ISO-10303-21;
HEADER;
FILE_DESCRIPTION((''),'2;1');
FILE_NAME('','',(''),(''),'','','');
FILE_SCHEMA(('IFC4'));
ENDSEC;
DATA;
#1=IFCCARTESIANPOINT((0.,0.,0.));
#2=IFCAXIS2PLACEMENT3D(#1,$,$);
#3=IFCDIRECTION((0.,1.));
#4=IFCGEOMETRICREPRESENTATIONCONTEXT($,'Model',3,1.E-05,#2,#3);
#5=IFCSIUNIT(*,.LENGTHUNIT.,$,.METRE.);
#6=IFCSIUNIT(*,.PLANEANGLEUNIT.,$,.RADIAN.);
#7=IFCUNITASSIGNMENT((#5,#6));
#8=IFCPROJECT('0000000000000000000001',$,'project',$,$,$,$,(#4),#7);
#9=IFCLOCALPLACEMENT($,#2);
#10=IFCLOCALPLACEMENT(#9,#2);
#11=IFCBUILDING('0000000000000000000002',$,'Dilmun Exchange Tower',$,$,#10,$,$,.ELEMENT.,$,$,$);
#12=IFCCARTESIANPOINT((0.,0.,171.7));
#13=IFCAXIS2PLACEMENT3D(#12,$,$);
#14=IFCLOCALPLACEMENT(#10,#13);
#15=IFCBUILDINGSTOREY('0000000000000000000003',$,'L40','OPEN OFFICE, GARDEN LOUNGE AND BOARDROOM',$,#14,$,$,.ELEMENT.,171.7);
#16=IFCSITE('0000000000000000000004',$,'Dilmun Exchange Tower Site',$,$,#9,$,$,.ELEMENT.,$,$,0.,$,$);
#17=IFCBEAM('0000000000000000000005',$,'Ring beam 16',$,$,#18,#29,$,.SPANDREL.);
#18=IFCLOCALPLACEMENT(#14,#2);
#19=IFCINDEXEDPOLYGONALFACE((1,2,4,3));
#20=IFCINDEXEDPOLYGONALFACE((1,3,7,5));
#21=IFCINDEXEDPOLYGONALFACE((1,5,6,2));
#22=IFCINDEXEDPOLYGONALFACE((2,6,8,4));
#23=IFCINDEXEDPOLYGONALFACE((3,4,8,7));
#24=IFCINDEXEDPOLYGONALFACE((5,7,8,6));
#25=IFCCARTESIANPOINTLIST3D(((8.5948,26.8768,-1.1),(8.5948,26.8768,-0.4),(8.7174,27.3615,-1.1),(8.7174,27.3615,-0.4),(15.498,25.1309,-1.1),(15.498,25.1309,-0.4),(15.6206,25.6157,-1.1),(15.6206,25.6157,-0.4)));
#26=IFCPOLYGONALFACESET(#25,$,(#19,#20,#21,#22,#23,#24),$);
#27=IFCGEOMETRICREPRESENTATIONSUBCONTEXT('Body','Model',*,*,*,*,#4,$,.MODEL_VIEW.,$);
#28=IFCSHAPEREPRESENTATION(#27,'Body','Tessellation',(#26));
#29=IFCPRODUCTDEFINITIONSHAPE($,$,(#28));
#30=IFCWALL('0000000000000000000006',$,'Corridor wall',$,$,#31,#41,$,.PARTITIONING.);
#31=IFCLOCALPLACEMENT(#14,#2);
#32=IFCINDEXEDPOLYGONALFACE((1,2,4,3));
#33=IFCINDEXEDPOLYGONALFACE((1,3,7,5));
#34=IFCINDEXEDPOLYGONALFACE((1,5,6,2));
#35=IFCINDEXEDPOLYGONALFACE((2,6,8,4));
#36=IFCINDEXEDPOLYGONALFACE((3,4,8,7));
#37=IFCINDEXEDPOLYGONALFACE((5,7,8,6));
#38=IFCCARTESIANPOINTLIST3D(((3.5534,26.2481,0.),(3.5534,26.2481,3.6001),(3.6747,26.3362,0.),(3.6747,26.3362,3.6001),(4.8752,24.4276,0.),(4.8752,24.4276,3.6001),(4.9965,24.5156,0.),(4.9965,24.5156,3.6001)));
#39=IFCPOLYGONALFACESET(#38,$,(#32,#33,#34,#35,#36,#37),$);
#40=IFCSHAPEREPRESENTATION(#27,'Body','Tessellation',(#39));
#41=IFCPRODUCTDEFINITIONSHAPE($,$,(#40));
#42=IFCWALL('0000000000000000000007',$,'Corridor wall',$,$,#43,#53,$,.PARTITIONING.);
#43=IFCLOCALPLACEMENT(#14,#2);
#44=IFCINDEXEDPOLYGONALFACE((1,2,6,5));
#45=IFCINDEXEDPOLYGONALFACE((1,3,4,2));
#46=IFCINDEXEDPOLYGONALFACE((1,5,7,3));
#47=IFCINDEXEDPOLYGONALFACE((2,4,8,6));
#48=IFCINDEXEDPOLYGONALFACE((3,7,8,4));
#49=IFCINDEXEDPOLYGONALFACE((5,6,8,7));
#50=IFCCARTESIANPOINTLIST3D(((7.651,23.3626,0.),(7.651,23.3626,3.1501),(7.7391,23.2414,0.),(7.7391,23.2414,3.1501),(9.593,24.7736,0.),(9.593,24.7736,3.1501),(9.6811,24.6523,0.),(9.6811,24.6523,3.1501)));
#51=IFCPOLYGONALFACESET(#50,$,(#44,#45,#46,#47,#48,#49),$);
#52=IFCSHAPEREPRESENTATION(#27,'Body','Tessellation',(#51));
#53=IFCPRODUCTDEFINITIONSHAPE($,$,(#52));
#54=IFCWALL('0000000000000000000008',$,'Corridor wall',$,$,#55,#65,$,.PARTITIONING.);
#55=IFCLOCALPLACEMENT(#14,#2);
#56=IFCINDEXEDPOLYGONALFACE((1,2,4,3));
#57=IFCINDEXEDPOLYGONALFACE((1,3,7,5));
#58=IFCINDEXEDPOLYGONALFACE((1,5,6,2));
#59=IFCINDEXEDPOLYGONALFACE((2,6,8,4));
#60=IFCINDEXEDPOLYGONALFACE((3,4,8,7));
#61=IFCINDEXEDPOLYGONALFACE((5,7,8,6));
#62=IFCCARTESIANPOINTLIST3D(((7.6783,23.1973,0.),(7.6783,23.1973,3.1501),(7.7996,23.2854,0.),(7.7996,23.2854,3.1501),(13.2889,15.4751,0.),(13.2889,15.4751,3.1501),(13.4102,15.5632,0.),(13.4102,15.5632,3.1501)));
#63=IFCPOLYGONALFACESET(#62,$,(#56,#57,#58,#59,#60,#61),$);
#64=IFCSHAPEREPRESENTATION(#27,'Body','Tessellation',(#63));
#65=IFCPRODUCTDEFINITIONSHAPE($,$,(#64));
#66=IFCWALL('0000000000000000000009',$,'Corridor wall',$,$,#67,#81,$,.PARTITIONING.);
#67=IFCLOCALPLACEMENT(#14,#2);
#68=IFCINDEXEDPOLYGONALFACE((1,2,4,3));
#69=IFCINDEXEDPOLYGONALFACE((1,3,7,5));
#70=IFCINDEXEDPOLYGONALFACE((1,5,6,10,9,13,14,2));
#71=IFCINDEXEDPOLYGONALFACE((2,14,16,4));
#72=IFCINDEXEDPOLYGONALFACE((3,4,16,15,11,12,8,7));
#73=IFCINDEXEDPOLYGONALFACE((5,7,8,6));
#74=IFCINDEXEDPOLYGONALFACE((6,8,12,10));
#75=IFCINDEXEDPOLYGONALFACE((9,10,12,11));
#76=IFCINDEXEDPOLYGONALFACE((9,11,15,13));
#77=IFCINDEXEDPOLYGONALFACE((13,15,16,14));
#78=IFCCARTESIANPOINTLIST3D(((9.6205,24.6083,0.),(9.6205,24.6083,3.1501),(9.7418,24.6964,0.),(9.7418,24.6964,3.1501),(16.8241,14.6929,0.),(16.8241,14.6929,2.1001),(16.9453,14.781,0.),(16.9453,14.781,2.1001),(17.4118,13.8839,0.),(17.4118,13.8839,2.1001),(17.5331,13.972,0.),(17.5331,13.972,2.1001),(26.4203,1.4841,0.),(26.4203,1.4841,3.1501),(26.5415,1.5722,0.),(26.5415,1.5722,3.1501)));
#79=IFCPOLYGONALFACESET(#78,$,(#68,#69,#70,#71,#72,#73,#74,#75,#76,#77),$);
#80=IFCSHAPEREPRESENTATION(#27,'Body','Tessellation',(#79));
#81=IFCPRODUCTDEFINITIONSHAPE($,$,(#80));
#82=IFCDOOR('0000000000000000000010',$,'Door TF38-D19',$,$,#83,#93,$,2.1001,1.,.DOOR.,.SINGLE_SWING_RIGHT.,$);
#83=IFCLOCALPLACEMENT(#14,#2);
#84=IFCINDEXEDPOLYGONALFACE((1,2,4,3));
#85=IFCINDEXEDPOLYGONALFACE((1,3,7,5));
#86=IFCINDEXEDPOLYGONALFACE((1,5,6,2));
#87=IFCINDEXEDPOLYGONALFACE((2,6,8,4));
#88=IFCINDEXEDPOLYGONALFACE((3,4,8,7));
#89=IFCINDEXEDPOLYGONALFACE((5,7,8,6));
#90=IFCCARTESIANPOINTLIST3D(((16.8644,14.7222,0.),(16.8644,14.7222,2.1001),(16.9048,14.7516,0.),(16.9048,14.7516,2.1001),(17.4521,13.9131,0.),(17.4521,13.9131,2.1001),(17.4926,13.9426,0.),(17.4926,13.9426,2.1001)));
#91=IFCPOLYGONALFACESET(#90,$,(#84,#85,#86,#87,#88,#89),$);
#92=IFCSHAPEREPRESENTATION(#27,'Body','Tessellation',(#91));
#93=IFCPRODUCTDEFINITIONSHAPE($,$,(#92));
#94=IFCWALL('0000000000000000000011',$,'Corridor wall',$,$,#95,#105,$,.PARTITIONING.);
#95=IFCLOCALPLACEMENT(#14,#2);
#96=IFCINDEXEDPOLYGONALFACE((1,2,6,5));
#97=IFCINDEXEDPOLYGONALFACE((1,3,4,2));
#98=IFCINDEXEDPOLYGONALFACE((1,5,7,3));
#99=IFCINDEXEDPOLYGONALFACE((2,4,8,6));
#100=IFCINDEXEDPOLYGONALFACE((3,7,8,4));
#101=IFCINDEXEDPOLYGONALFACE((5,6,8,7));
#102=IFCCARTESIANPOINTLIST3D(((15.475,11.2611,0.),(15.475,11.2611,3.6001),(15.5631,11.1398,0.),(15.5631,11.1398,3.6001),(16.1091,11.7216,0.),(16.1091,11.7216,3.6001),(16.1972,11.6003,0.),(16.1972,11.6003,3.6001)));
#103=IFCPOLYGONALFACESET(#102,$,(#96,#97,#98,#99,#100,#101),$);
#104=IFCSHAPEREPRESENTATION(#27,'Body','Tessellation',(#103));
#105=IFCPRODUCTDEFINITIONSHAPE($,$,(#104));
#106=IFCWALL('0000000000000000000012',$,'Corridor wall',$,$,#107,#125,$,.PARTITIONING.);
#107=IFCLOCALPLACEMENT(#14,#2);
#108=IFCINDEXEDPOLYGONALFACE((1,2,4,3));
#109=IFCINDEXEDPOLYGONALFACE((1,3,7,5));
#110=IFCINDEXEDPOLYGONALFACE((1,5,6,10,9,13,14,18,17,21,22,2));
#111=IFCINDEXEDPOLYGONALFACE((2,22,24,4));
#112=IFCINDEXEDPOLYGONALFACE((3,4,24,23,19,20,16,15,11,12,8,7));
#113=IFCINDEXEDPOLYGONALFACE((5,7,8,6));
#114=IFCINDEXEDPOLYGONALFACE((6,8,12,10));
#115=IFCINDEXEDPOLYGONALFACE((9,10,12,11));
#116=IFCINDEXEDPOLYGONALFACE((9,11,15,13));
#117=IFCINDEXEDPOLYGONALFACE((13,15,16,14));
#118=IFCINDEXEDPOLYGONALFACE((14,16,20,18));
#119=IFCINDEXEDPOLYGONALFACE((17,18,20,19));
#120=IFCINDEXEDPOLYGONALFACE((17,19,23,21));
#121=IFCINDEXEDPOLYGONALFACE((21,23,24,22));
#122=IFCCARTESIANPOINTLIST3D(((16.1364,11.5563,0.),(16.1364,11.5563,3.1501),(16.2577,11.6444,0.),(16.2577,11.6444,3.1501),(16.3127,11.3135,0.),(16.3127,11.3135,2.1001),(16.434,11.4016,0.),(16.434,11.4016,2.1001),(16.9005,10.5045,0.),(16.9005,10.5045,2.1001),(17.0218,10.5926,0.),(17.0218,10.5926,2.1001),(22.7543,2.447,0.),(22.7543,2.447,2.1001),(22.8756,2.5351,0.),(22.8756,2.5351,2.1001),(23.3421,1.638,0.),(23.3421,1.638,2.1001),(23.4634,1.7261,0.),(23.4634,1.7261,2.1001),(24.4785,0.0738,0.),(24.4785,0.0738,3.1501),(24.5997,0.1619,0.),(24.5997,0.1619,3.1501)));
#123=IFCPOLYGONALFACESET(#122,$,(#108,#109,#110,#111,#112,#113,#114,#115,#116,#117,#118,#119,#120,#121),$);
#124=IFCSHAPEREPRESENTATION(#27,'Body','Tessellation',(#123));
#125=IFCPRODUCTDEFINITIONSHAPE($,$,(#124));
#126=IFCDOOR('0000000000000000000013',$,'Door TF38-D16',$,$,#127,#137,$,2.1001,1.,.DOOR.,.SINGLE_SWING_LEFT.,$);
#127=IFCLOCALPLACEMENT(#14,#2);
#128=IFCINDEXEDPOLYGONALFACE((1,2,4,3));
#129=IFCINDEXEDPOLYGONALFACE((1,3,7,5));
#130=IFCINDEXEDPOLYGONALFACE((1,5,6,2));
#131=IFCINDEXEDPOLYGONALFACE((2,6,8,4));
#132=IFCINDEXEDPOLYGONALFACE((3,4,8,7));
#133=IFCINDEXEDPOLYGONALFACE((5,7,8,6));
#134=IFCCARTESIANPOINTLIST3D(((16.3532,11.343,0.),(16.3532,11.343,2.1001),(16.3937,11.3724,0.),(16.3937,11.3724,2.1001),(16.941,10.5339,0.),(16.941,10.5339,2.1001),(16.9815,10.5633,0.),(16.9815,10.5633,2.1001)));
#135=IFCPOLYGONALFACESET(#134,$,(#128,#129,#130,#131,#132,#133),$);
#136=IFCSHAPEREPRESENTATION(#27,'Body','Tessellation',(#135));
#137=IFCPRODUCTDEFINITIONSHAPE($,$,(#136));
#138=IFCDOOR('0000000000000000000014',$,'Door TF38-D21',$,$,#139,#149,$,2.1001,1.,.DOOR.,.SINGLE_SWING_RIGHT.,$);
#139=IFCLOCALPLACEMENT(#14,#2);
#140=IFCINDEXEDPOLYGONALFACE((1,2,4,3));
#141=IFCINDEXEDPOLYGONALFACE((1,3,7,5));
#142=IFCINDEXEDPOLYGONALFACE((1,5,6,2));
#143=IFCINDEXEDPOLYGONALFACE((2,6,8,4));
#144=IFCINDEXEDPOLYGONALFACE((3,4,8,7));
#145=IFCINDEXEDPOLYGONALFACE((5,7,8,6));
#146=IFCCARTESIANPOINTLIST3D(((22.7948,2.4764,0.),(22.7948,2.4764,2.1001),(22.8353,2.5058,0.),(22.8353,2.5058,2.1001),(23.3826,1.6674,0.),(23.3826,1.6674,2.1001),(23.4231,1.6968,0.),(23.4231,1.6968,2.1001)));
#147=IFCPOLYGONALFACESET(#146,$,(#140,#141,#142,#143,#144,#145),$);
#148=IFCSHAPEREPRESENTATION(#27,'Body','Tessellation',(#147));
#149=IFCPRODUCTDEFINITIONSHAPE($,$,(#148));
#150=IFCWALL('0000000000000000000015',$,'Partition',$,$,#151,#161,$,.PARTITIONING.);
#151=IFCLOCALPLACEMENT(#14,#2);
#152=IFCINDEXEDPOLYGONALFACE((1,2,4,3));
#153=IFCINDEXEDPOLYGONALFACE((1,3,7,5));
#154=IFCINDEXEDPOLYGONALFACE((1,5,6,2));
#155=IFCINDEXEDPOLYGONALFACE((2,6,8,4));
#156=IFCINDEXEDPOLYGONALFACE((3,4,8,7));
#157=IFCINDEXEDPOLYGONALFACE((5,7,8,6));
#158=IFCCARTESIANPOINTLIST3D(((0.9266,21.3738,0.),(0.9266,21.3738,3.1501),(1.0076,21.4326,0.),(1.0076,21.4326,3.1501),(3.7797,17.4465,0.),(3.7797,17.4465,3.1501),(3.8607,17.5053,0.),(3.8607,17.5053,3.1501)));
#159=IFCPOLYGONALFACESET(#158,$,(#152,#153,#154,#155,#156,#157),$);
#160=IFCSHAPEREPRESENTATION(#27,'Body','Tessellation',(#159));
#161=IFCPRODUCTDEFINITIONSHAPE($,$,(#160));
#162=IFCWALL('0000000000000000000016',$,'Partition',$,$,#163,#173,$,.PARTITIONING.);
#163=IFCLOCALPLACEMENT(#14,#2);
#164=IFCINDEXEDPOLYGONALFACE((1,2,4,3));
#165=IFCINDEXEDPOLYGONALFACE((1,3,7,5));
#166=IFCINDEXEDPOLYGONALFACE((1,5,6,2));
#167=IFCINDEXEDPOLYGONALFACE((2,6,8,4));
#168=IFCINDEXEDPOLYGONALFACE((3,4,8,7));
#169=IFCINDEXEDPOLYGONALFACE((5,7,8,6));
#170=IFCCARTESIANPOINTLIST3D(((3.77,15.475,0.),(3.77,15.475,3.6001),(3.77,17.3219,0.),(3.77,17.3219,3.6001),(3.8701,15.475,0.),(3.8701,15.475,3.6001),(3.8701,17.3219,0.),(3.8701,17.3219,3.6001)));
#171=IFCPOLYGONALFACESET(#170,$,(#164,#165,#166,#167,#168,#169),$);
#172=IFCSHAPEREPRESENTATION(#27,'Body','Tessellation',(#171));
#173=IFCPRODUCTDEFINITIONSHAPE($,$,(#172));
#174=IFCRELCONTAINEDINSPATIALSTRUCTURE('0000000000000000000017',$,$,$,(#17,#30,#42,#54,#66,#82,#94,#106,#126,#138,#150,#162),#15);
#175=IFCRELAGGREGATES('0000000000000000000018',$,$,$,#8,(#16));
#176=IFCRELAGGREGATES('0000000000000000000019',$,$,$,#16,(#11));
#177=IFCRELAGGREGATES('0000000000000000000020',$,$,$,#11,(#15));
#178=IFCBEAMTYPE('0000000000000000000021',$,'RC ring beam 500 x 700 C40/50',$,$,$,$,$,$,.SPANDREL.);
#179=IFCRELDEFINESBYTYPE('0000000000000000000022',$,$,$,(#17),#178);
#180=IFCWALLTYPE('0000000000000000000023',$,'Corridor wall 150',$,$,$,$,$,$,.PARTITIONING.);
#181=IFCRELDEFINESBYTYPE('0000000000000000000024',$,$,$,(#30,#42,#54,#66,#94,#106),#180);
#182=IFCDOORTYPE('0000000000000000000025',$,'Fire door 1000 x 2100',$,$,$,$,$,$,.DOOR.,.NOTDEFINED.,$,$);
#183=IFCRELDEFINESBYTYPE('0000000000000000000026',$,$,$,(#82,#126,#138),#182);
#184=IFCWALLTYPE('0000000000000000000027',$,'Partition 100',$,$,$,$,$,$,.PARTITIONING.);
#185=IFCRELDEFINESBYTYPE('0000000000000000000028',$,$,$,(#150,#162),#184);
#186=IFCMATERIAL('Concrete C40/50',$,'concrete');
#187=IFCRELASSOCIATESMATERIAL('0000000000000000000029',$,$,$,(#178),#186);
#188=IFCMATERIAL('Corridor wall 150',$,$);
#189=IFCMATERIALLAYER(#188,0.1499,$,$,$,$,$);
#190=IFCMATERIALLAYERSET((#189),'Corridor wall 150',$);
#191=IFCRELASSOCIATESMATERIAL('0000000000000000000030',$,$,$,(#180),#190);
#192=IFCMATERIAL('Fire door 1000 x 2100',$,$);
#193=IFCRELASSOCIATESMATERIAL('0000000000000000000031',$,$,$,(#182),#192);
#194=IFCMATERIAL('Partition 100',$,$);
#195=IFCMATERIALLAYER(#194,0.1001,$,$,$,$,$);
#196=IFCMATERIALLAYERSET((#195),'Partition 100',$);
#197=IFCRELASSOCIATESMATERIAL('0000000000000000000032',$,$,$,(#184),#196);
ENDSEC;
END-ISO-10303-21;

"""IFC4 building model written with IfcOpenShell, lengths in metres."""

from ifc_helpers import new_model, si_unit, direction, frame, frame_2d, origin, origin_2d, place, context, subcontext, project, spatial, rectangle, extrude, material, layer, layer_set, material_profile, profile_set, type_object, element, fill, save


model = new_model("IFC4")

# Units and contexts
model_context = context("Model", 3, precision=1e-05, world=origin(), true_north=direction((0.0, 1.0)))
body_context = subcontext(model_context, "Body", "Model", "MODEL_VIEW")
ifc_project = project(units=[si_unit("LENGTHUNIT", "METRE"), si_unit("PLANEANGLEUNIT", "RADIAN")], contexts=[model_context])

# Site, building, storey
site_placement = place(None, origin())
site = spatial("IfcSite", under=ifc_project, at=site_placement, Name="Dilmun Exchange Tower Site", CompositionType="ELEMENT", RefElevation=0.0)
building_placement = place(site_placement, origin())
building = spatial("IfcBuilding", under=site, at=building_placement, Name="Dilmun Exchange Tower", CompositionType="ELEMENT")
storey_placement = place(building_placement, frame((0.0, 0.0, 171.7)))
storey = spatial("IfcBuildingStorey", under=building, at=storey_placement, Name="L40", Description="OPEN OFFICE, GARDEN LOUNGE AND BOARDROOM", CompositionType="ELEMENT", Elevation=171.7)

# Beam
ifc_material_1 = material(Name="Concrete C40/50", Category="concrete")
ifc_material_profile_1 = material_profile(ifc_material_1, rectangle(XDim=0.5, YDim=0.7, at=origin_2d()), Name="500 x 700")
ifc_profile_set_1 = profile_set([ifc_material_profile_1], Name="Concrete C40/50")
beam_type_1 = type_object("IfcBeamType", Name="RC ring beam 500 x 700 C40/50", PredefinedType="SPANDREL", material=ifc_profile_set_1)
beam_1_placement = place(storey_placement, frame((15.5593, 25.3733, -0.75), z_axis=(-0.969477, 0.245181, 0.0), x_axis=(-0.245181, -0.969477, 0.0)))
element("IfcBeam", 1, at=beam_1_placement, inside=storey, type_object=beam_type_1, Name="Ring beam 16", PredefinedType="SPANDREL", context=body_context, shape_type="SweptSolid", body=[
    extrude(rectangle(XDim=0.5, YDim=0.7, at=origin_2d()), origin(), (0.0, 0.0, 1.0), 7.1206),
])

# Walls
ifc_material_2 = material(Name="Corridor wall 150")
ifc_layer_1 = layer(ifc_material_2, 0.1499)
ifc_layer_set_1 = layer_set([ifc_layer_1], Name="Corridor wall 150")
wall_type_1 = type_object("IfcWallType", Name="Corridor wall 150", PredefinedType="PARTITIONING", material=ifc_layer_set_1)
wall_1_placement = place(storey_placement, frame((3.614, 26.2922, 0.0), z_axis=(0.0, 0.0, 1.0), x_axis=(0.587513, -0.809214, 0.0)))
element("IfcWall", 2, at=wall_1_placement, inside=storey, type_object=wall_type_1, Name="Corridor wall", PredefinedType="PARTITIONING", context=body_context, shape_type="SweptSolid", body=[
    extrude(rectangle(XDim=2.2498, YDim=0.1499, at=frame_2d((1.125, 0.0))), origin(), (0.0, 0.0, 1.0), 3.6001),
])
wall_2_placement = place(storey_placement, frame((7.6951, 23.302, 0.0), z_axis=(0.0, 0.0, 1.0), x_axis=(0.809013, 0.587791, 0.0)))
element("IfcWall", 3, at=wall_2_placement, inside=storey, type_object=wall_type_1, Name="Corridor wall", PredefinedType="PARTITIONING", context=body_context, shape_type="SweptSolid", body=[
    extrude(rectangle(XDim=2.4004, YDim=0.1499, at=frame_2d((1.2002, 0.0))), origin(), (0.0, 0.0, 1.0), 3.1501),
])
wall_3_placement = place(storey_placement, frame((7.739, 23.2412, 0.0), z_axis=(0.0, 0.0, 1.0), x_axis=(0.587793, -0.809011, 0.0)))
element("IfcWall", 4, at=wall_3_placement, inside=storey, type_object=wall_type_1, Name="Corridor wall", PredefinedType="PARTITIONING", context=body_context, shape_type="SweptSolid", body=[
    extrude(rectangle(XDim=9.5452, YDim=0.1499, at=frame_2d((4.7725, 0.0))), origin(), (0.0, 0.0, 1.0), 3.1501),
])

# Wall, opening, door
wall_4_placement = place(storey_placement, frame((9.6812, 24.6523, 0.0), z_axis=(0.0, 0.0, 1.0), x_axis=(0.587763, -0.809033, 0.0)))
wall_4 = element("IfcWall", 5, at=wall_4_placement, inside=storey, type_object=wall_type_1, Name="Corridor wall", PredefinedType="PARTITIONING", context=body_context, shape_type="SweptSolid", body=[
    extrude(rectangle(XDim=28.5825, YDim=0.1499, at=frame_2d((14.2913, 0.0))), origin(), (0.0, 0.0, 1.0), 3.1501),
])
opening_1_placement = place(wall_4_placement, frame((12.2559, 0.0, 0.0)))
opening_1 = element("IfcOpeningElement", 6, at=opening_1_placement, cuts=wall_4, PredefinedType="OPENING", context=body_context, shape_type="SweptSolid", body=[
    extrude(rectangle(XDim=1.0, YDim=2.1001, at=frame_2d((0.5, 1.05))), frame((0.0, 0.085, 0.0), z_axis=(0.0, -1.0, 0.0), x_axis=(1.0, 0.0, 0.0)), (0.0, 0.0, 1.0), 0.1699),
])
ifc_material_3 = material(Name="Fire door 1000 x 2100")
door_type = type_object("IfcDoorType", Name="Fire door 1000 x 2100", OperationType="NOTDEFINED", PredefinedType="DOOR", material=ifc_material_3)
door_1_placement = place(opening_1_placement, origin())
door_1 = element("IfcDoor", 7, at=door_1_placement, inside=storey, type_object=door_type, Name="Door TF38-D19", OperationType="SINGLE_SWING_RIGHT", OverallHeight=2.1001, OverallWidth=1.0, PredefinedType="DOOR", context=body_context, shape_type="SweptSolid", body=[
    extrude(rectangle(XDim=1.0, YDim=2.1001, at=frame_2d((0.5, 1.05))), frame((0.0, 0.0249, 0.0), z_axis=(0.0, -1.0, 0.0), x_axis=(1.0, 0.0, 0.0)), (0.0, 0.0, 1.0), 0.05),
])
fill(opening_1, door_1)

# Wall
wall_5_placement = place(storey_placement, frame((15.519, 11.2004, 0.0), z_axis=(0.0, 0.0, 1.0), x_axis=(0.80914, 0.587616, 0.0)))
element("IfcWall", 8, at=wall_5_placement, inside=storey, type_object=wall_type_1, Name="Corridor wall", PredefinedType="PARTITIONING", context=body_context, shape_type="SweptSolid", body=[
    extrude(rectangle(XDim=0.7837, YDim=0.1499, at=frame_2d((0.3918, 0.0))), origin(), (0.0, 0.0, 1.0), 3.6001),
])

# Wall, openings, doors
wall_6_placement = place(storey_placement, frame((16.197, 11.6003, 0.0), z_axis=(0.0, 0.0, 1.0), x_axis=(0.587766, -0.809031, 0.0)))
wall_6 = element("IfcWall", 9, at=wall_6_placement, inside=storey, type_object=wall_type_1, Name="Corridor wall", PredefinedType="PARTITIONING", context=body_context, shape_type="SweptSolid", body=[
    extrude(rectangle(XDim=14.1929, YDim=0.1499, at=frame_2d((7.0964, 0.0))), origin(), (0.0, 0.0, 1.0), 3.1501),
])
opening_2_placement = place(wall_6_placement, frame((0.3, 0.0, 0.0)))
opening_2 = element("IfcOpeningElement", 10, at=opening_2_placement, cuts=wall_6, PredefinedType="OPENING", context=body_context, shape_type="SweptSolid", body=[
    extrude(rectangle(XDim=1.0, YDim=2.1001, at=frame_2d((0.5, 1.05))), frame((0.0, 0.085, 0.0), z_axis=(0.0, -1.0, 0.0), x_axis=(1.0, 0.0, 0.0)), (0.0, 0.0, 1.0), 0.1699),
])
opening_3_placement = place(wall_6_placement, frame((11.2595, 0.0, 0.0)))
opening_3 = element("IfcOpeningElement", 11, at=opening_3_placement, cuts=wall_6, PredefinedType="OPENING", context=body_context, shape_type="SweptSolid", body=[
    extrude(rectangle(XDim=1.0, YDim=2.1001, at=frame_2d((0.5, 1.05))), frame((0.0, 0.085, 0.0), z_axis=(0.0, -1.0, 0.0), x_axis=(1.0, 0.0, 0.0)), (0.0, 0.0, 1.0), 0.1699),
])
door_2_placement = place(opening_2_placement, frame((1.0, 0.0, 0.0), z_axis=(0.0, 0.0, 1.0), x_axis=(-1.0, 0.0, 0.0)))
door_2 = element("IfcDoor", 12, at=door_2_placement, inside=storey, type_object=door_type, Name="Door TF38-D16", OperationType="SINGLE_SWING_LEFT", OverallHeight=2.1001, OverallWidth=1.0, PredefinedType="DOOR", context=body_context, shape_type="SweptSolid", body=[
    extrude(rectangle(XDim=1.0, YDim=2.1001, at=frame_2d((0.5, 1.05))), frame((0.0, 0.0249, 0.0), z_axis=(0.0, -1.0, 0.0), x_axis=(1.0, 0.0, 0.0)), (0.0, 0.0, 1.0), 0.05),
])
fill(opening_2, door_2)
door_3_placement = place(opening_3_placement, frame((1.0, 0.0, 0.0), z_axis=(0.0, 0.0, 1.0), x_axis=(-1.0, 0.0, 0.0)))
door_3 = element("IfcDoor", 13, at=door_3_placement, inside=storey, type_object=door_type, Name="Door TF38-D21", OperationType="SINGLE_SWING_RIGHT", OverallHeight=2.1001, OverallWidth=1.0, PredefinedType="DOOR", context=body_context, shape_type="SweptSolid", body=[
    extrude(rectangle(XDim=1.0, YDim=2.1001, at=frame_2d((0.5, 1.05))), frame((0.0, 0.0249, 0.0), z_axis=(0.0, -1.0, 0.0), x_axis=(1.0, 0.0, 0.0)), (0.0, 0.0, 1.0), 0.05),
])
fill(opening_3, door_3)

# Walls
ifc_material_4 = material(Name="Partition 100")
ifc_layer_2 = layer(ifc_material_4, 0.1001)
ifc_layer_set_2 = layer_set([ifc_layer_2], Name="Partition 100")
wall_type_2 = type_object("IfcWallType", Name="Partition 100", PredefinedType="PARTITIONING", material=ifc_layer_set_2)
wall_7_placement = place(storey_placement, frame((0.967, 21.4033, 0.0), z_axis=(0.0, 0.0, 1.0), x_axis=(0.587747, -0.809045, 0.0)))
element("IfcWall", 14, at=wall_7_placement, inside=storey, type_object=wall_type_2, Name="Partition", PredefinedType="PARTITIONING", context=body_context, shape_type="SweptSolid", body=[
    extrude(rectangle(XDim=4.8542, YDim=0.1001, at=frame_2d((2.4272, 0.0))), origin(), (0.0, 0.0, 1.0), 3.1501),
])
wall_8_placement = place(storey_placement, frame((3.8201, 15.4751, 0.0), z_axis=(0.0, 0.0, 1.0), x_axis=(0.0, 1.0, 0.0)))
element("IfcWall", 15, at=wall_8_placement, inside=storey, type_object=wall_type_2, Name="Partition", PredefinedType="PARTITIONING", context=body_context, shape_type="SweptSolid", body=[
    extrude(rectangle(XDim=1.8469, YDim=0.1001, at=frame_2d((0.9233, 0.0))), origin(), (0.0, 0.0, 1.0), 3.6001),
])

save(model, "model.ifc")
